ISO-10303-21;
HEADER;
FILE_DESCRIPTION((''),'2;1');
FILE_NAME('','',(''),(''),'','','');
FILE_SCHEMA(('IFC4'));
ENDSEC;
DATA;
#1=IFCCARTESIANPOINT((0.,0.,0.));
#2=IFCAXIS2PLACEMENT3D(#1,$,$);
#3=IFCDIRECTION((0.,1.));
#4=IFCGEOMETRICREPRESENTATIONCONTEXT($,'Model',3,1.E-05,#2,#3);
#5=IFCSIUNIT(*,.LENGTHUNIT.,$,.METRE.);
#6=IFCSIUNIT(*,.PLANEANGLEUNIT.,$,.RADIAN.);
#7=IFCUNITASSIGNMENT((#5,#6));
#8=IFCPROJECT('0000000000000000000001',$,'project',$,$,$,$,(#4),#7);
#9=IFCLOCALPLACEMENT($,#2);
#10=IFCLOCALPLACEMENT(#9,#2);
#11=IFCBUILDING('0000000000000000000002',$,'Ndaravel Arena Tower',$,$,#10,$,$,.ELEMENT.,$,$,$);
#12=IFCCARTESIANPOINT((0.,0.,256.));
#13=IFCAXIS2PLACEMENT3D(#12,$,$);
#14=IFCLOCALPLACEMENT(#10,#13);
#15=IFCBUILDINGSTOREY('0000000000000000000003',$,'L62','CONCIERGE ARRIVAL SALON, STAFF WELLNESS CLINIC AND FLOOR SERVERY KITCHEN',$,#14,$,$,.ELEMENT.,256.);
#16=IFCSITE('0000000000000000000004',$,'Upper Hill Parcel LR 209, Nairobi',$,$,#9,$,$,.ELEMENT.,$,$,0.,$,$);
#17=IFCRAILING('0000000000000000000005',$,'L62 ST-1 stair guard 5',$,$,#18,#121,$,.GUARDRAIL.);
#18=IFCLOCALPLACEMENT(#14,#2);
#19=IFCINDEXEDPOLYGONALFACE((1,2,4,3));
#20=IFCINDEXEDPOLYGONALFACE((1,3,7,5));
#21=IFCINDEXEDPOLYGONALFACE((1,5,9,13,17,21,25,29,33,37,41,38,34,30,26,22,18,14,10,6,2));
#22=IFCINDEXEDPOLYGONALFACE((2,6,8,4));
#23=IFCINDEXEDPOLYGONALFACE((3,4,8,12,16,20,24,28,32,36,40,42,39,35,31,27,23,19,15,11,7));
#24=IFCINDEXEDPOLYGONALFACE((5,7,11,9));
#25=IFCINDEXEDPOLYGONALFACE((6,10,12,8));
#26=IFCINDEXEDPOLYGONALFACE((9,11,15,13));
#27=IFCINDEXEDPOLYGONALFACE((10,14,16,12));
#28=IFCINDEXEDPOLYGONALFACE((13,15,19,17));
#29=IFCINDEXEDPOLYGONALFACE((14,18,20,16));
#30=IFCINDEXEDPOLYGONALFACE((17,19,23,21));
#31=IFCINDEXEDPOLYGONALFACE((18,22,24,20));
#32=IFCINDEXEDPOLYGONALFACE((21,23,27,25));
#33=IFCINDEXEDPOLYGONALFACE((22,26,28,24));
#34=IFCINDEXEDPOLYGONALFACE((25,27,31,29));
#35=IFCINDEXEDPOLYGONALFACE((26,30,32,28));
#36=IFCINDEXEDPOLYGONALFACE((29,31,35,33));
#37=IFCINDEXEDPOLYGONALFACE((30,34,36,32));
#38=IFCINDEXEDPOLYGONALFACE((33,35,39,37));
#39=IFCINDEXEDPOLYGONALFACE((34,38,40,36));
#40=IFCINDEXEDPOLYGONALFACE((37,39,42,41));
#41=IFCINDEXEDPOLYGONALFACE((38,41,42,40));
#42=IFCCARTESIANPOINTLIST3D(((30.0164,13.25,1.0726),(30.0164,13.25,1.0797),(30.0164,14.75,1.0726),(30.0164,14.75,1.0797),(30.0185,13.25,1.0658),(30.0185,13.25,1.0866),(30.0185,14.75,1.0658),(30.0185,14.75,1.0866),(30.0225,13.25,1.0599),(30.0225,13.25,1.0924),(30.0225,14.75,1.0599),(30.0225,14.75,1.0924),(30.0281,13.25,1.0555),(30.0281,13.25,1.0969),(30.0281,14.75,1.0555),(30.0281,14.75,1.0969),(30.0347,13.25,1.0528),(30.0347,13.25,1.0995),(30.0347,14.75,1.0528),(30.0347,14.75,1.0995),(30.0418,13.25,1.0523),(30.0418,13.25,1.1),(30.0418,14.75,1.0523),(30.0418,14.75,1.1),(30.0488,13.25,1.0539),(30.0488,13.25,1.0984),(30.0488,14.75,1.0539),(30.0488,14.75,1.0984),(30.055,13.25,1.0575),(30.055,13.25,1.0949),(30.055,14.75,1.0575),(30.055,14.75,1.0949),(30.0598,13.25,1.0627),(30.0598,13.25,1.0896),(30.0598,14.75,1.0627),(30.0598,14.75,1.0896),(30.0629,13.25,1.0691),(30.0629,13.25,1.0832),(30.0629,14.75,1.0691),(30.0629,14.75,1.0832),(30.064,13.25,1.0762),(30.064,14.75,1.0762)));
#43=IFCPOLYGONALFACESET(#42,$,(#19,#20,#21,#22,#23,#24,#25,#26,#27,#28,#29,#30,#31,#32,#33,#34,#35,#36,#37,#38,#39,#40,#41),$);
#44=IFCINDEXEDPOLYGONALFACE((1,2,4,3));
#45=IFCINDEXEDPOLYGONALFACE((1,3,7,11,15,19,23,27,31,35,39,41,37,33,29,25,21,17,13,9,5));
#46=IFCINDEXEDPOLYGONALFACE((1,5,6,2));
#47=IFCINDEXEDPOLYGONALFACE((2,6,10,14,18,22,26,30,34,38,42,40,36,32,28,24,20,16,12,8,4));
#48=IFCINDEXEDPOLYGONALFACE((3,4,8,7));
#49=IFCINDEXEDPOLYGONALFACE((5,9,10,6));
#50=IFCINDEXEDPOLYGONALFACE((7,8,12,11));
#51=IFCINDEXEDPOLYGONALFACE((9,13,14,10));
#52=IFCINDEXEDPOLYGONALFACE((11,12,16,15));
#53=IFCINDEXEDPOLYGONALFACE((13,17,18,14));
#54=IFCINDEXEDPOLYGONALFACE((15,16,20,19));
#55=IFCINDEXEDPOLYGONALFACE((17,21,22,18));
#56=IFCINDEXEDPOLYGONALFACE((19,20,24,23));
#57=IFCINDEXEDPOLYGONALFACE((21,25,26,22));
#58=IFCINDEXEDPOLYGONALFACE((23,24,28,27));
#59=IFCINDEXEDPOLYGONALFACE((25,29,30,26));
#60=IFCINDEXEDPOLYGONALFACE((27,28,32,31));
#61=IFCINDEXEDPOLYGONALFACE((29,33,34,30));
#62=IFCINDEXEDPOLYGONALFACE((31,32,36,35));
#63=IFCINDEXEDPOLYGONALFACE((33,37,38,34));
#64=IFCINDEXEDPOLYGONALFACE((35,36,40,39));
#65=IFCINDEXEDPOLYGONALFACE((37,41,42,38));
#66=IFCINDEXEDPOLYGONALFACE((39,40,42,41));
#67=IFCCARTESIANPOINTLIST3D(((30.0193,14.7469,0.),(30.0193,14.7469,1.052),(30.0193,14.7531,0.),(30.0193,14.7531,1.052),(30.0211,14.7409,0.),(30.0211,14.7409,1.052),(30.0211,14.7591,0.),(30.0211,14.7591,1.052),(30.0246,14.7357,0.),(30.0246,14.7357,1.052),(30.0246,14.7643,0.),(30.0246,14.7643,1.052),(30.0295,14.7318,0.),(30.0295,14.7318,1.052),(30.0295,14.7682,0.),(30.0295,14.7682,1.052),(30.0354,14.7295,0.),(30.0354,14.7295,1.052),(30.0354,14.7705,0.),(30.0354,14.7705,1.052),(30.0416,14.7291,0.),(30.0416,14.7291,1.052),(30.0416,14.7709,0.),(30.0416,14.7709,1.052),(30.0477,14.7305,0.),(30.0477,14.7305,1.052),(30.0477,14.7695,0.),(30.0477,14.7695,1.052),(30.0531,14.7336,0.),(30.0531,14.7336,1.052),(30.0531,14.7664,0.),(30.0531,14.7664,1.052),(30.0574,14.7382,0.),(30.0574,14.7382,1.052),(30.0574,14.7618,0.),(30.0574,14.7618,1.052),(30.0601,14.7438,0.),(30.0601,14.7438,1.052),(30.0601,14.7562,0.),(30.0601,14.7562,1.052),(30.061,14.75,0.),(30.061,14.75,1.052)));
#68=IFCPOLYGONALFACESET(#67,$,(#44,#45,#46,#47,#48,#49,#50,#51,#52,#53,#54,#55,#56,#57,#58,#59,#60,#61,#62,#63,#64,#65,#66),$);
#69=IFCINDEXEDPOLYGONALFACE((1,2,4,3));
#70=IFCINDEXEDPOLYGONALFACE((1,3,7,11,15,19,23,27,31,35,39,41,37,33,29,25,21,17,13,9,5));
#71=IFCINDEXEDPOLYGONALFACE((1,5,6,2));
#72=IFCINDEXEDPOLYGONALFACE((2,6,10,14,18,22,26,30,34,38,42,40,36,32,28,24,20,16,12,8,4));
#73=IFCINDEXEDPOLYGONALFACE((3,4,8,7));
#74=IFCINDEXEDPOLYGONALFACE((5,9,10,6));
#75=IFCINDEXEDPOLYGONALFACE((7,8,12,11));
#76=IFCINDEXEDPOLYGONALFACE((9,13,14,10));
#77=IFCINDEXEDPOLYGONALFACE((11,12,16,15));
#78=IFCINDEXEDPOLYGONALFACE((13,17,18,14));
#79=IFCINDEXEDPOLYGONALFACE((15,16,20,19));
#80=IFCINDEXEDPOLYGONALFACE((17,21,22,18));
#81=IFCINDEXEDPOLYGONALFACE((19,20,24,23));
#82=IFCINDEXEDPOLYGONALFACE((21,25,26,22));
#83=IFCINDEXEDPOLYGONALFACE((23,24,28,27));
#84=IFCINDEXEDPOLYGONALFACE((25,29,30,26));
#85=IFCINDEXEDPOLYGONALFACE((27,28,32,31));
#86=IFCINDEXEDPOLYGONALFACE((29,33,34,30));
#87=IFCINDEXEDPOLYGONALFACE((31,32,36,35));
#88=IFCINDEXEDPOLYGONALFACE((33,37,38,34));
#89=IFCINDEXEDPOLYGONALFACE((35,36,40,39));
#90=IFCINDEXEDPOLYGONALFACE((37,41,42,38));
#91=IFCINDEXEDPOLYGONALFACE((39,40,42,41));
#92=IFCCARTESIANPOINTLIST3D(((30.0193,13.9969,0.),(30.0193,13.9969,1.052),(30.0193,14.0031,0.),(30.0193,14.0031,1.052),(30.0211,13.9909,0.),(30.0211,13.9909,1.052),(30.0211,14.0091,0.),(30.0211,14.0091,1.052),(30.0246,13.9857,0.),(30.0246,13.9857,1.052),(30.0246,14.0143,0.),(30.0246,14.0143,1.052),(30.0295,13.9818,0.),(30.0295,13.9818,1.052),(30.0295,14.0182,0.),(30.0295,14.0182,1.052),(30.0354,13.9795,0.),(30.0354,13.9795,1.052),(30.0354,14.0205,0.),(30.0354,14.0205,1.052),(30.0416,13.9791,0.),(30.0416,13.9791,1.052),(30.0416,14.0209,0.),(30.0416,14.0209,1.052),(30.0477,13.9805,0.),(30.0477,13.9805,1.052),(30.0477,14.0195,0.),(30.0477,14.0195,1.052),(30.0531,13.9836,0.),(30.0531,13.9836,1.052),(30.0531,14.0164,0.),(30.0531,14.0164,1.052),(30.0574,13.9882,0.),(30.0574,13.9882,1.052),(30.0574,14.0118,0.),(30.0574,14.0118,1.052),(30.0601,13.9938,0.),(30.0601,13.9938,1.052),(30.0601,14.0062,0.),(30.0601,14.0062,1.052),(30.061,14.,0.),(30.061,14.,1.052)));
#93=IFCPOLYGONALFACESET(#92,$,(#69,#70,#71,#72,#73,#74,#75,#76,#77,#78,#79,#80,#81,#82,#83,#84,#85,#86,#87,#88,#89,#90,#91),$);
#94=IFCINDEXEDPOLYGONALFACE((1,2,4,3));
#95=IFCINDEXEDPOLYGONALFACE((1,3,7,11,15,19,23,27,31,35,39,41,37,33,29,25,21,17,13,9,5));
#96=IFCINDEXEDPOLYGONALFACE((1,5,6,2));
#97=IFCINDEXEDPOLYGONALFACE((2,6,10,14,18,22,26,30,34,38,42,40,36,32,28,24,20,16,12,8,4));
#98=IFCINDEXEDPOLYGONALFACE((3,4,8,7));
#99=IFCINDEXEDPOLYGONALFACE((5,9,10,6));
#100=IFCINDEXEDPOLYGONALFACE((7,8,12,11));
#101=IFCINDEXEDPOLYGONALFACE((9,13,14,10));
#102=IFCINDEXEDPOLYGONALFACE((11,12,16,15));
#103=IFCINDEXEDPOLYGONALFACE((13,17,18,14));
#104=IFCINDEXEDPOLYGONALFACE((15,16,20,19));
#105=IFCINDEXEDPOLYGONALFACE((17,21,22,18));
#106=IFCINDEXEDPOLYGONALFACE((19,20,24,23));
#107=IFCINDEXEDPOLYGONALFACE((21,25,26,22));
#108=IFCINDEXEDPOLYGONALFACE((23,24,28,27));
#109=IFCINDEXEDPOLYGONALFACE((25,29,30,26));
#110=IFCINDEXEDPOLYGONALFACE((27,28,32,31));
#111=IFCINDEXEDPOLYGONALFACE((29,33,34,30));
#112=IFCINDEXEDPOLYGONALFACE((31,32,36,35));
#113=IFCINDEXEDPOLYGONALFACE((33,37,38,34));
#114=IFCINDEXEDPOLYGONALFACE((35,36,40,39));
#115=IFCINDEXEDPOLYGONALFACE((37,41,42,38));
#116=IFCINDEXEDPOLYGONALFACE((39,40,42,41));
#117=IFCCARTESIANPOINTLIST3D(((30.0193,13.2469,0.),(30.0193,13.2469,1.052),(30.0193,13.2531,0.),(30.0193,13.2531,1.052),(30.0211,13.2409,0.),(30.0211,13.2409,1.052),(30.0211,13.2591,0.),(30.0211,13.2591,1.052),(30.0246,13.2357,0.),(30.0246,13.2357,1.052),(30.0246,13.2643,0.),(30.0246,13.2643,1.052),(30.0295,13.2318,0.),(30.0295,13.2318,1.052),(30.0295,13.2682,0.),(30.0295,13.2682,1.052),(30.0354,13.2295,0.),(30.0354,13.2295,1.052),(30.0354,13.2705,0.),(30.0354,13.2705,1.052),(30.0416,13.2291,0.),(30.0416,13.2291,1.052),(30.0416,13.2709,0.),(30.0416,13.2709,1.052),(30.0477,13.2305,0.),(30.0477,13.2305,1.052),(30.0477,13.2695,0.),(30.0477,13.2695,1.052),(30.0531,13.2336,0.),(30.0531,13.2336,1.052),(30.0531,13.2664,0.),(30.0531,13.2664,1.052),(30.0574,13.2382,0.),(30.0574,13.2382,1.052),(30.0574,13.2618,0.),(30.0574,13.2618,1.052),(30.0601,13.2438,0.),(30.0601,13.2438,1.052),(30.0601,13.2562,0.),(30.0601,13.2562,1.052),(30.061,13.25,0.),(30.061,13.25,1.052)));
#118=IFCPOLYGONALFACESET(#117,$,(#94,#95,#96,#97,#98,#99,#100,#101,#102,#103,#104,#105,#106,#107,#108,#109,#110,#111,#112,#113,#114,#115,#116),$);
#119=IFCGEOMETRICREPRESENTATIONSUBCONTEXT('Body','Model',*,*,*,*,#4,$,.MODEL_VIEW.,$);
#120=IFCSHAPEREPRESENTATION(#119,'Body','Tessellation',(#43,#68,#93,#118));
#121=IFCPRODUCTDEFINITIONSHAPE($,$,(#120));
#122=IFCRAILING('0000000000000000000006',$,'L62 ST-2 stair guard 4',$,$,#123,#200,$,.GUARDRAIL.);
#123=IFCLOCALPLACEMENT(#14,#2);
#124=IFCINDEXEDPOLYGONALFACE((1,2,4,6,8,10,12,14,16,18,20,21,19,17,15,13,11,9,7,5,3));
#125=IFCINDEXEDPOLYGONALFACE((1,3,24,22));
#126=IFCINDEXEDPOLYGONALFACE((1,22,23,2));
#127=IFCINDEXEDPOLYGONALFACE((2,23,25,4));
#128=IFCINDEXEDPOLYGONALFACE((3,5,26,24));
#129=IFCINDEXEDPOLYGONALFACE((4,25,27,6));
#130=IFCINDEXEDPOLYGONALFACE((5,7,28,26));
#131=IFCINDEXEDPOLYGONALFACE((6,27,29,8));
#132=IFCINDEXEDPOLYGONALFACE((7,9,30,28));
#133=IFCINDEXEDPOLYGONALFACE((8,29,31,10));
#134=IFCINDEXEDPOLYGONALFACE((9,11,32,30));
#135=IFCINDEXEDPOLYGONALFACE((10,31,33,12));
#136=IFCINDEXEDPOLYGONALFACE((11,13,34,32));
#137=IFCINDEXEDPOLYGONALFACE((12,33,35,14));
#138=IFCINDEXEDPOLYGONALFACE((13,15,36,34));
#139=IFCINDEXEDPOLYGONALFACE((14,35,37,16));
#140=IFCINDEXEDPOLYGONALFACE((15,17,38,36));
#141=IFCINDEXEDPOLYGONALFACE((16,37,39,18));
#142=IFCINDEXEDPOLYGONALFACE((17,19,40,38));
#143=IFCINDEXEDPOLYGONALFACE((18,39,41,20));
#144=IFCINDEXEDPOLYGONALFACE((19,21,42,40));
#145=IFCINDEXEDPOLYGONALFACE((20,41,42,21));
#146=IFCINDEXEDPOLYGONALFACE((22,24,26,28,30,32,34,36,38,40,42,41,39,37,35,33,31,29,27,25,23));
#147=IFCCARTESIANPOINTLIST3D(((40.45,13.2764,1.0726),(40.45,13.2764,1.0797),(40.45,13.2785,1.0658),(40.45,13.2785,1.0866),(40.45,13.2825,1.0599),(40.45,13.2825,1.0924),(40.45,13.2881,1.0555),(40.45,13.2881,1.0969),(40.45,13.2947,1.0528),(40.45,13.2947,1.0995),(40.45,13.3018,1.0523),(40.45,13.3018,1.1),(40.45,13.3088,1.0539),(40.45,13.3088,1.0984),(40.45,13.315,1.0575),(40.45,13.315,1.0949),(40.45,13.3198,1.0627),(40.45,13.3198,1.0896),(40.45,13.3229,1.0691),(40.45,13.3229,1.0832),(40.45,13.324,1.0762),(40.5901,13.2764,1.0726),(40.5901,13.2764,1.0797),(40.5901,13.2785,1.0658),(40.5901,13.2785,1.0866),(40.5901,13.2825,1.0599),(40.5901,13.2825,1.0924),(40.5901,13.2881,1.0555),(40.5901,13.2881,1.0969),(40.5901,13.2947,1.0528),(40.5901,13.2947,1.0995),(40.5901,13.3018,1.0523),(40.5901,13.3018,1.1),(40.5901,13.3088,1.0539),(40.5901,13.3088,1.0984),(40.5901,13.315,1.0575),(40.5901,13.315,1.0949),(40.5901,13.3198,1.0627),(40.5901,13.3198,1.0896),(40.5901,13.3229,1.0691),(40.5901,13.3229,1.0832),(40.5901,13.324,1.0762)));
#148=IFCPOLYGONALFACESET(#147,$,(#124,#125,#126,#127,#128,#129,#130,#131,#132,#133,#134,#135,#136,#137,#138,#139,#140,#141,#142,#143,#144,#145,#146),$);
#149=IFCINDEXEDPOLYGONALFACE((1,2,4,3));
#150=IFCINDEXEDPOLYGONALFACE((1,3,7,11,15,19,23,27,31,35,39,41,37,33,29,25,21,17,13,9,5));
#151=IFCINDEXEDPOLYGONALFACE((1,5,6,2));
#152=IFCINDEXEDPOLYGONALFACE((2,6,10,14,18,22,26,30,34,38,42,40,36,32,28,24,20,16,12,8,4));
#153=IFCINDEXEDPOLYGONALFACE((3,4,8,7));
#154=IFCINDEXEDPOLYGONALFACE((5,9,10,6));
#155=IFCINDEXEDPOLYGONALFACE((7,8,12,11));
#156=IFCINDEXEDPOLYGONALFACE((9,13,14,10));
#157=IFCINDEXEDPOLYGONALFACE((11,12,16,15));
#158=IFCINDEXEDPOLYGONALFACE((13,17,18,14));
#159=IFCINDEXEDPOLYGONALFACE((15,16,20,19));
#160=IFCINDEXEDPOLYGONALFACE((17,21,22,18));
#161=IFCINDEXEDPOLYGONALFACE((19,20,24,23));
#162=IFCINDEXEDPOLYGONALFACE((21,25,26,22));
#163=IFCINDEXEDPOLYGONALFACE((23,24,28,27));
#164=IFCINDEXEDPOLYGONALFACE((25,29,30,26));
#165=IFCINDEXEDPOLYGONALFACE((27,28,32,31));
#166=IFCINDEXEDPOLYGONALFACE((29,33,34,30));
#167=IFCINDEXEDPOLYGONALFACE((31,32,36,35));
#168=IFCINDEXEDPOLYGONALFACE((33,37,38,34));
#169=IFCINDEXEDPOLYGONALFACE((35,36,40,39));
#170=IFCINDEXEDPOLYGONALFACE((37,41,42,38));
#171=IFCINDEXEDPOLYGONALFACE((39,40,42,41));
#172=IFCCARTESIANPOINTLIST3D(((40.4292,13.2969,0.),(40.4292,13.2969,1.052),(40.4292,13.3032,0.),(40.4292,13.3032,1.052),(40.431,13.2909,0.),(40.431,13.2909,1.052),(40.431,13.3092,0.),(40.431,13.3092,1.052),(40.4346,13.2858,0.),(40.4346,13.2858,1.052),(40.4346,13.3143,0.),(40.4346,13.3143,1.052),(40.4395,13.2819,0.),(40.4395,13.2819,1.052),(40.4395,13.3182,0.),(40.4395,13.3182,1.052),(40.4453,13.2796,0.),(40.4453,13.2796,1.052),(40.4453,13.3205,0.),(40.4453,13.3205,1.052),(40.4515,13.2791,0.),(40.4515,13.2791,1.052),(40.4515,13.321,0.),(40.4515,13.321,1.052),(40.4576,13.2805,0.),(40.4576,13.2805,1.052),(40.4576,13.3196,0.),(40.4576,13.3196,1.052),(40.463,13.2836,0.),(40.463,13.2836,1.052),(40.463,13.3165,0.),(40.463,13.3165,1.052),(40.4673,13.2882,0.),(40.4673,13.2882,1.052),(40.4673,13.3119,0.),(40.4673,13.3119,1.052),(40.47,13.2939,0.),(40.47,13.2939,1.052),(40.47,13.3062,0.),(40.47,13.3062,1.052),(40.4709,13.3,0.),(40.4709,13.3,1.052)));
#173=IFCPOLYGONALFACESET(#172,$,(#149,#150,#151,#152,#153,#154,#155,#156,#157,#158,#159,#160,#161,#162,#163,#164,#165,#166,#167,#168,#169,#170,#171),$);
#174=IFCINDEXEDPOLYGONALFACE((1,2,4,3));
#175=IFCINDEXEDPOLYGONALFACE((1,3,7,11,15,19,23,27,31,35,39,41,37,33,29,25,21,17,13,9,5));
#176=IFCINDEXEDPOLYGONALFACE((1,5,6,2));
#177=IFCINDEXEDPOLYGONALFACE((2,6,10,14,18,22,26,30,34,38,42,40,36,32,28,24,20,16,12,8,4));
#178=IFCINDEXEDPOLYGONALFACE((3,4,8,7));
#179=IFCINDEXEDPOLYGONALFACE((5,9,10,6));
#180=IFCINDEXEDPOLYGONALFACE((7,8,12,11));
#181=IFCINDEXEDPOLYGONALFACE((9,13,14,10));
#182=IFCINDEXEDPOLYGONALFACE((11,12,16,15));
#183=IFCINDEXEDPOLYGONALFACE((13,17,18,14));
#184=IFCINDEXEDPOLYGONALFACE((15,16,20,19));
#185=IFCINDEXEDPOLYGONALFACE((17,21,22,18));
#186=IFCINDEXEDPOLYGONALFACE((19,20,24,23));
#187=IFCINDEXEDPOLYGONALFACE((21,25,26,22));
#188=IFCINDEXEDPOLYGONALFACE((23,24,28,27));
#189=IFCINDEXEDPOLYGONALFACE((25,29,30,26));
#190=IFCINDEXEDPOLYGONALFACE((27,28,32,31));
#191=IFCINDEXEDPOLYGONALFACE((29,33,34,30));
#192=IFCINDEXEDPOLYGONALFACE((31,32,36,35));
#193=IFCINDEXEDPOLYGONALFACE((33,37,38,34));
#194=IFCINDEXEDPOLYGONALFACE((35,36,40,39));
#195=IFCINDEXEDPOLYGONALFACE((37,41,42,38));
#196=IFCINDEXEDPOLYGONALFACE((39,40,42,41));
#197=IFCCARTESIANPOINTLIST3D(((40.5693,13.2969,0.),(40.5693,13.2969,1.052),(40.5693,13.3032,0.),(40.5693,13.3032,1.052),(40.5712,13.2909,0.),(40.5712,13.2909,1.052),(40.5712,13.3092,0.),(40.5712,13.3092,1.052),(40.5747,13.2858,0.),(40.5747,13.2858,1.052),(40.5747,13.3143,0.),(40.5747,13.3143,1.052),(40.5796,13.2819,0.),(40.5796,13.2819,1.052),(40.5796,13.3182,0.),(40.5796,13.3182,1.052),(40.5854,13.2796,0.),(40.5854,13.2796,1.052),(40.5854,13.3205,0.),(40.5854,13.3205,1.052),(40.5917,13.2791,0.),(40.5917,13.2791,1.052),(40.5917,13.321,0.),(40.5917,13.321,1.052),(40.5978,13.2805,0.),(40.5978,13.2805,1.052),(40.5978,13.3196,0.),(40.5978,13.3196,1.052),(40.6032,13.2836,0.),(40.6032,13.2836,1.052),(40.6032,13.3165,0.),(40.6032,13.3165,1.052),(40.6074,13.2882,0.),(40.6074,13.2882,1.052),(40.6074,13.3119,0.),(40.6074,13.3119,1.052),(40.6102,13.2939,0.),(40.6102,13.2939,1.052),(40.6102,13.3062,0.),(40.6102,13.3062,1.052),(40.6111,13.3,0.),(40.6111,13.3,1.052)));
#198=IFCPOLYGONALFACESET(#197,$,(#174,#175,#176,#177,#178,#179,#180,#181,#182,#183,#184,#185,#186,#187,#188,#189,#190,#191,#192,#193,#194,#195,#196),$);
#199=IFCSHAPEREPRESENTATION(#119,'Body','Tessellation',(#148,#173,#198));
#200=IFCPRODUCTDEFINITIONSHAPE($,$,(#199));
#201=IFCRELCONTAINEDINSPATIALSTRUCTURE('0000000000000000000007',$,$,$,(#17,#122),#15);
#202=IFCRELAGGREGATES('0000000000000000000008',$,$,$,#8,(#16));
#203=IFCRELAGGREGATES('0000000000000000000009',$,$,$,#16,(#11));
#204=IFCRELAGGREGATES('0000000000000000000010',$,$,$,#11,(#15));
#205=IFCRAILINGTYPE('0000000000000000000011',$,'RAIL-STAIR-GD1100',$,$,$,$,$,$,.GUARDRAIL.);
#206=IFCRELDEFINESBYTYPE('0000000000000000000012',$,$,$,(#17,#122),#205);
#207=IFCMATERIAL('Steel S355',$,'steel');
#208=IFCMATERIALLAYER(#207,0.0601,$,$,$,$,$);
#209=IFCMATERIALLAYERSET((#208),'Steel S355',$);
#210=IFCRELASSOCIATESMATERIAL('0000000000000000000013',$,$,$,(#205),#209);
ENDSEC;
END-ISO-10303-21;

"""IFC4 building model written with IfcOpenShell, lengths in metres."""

from ifc_helpers import new_model, si_unit, direction, frame, origin, origin_2d, place, context, subcontext, project, spatial, circle, extrude, material, layer, layer_set, type_object, element, save


model = new_model("IFC4")

# Units and contexts
model_context = context("Model", 3, precision=1e-05, world=origin(), true_north=direction((0.0, 1.0)))
body_context = subcontext(model_context, "Body", "Model", "MODEL_VIEW")
ifc_project = project(units=[si_unit("LENGTHUNIT", "METRE"), si_unit("PLANEANGLEUNIT", "RADIAN")], contexts=[model_context])

# Site, building, storey
site_placement = place(None, origin())
site = spatial("IfcSite", under=ifc_project, at=site_placement, Name="Upper Hill Parcel LR 209, Nairobi", CompositionType="ELEMENT", RefElevation=0.0)
building_placement = place(site_placement, origin())
building = spatial("IfcBuilding", under=site, at=building_placement, Name="Ndaravel Arena Tower", CompositionType="ELEMENT")
storey_placement = place(building_placement, frame((0.0, 0.0, 256.0)))
storey = spatial("IfcBuildingStorey", under=building, at=storey_placement, Name="L62", Description="CONCIERGE ARRIVAL SALON, STAFF WELLNESS CLINIC AND FLOOR SERVERY KITCHEN", CompositionType="ELEMENT", Elevation=256.0)

# Railings
ifc_material_1 = material(Name="Steel S355", Category="steel")
ifc_layer_1 = layer(ifc_material_1, 0.0601)
ifc_layer_set_1 = layer_set([ifc_layer_1], Name="Steel S355")
railing_type = type_object("IfcRailingType", Name="RAIL-STAIR-GD1100", PredefinedType="GUARDRAIL", material=ifc_layer_set_1)
railing_1_placement = place(storey_placement, frame((30.04, 14.75, 0.0)))
element("IfcRailing", 1, at=railing_1_placement, inside=storey, type_object=railing_type, Name="L62 ST-1 stair guard 5", PredefinedType="GUARDRAIL", context=body_context, shape_type="SweptSolid", body=[
    extrude(circle(Radius=0.0239, at=origin_2d()), frame((0.0, 0.0, 1.0762), z_axis=(0.0, -1.0, 0.0), x_axis=(1.0, 0.0, 0.0)), (0.0, 0.0, 1.0), 1.5),
    extrude(circle(Radius=0.021, at=origin_2d()), origin(), (0.0, 0.0, 1.0), 1.052),
    extrude(circle(Radius=0.021, at=origin_2d()), frame((0.0, -0.75, 0.0)), (0.0, 0.0, 1.0), 1.052),
    extrude(circle(Radius=0.021, at=origin_2d()), frame((0.0, -1.5, 0.0)), (0.0, 0.0, 1.0), 1.052),
])
railing_2_placement = place(storey_placement, frame((40.45, 13.3, 0.0)))
element("IfcRailing", 2, at=railing_2_placement, inside=storey, type_object=railing_type, Name="L62 ST-2 stair guard 4", PredefinedType="GUARDRAIL", context=body_context, shape_type="SweptSolid", body=[
    extrude(circle(Radius=0.0239, at=origin_2d()), frame((0.0, 0.0, 1.0762), z_axis=(1.0, 0.0, 0.0), x_axis=(0.0, 1.0, 0.0)), (0.0, 0.0, 1.0), 0.1401),
    extrude(circle(Radius=0.021, at=origin_2d()), origin(), (0.0, 0.0, 1.0), 1.052),
    extrude(circle(Radius=0.021, at=origin_2d()), frame((0.1401, 0.0, 0.0)), (0.0, 0.0, 1.0), 1.052),
])

save(model, "model.ifc")
